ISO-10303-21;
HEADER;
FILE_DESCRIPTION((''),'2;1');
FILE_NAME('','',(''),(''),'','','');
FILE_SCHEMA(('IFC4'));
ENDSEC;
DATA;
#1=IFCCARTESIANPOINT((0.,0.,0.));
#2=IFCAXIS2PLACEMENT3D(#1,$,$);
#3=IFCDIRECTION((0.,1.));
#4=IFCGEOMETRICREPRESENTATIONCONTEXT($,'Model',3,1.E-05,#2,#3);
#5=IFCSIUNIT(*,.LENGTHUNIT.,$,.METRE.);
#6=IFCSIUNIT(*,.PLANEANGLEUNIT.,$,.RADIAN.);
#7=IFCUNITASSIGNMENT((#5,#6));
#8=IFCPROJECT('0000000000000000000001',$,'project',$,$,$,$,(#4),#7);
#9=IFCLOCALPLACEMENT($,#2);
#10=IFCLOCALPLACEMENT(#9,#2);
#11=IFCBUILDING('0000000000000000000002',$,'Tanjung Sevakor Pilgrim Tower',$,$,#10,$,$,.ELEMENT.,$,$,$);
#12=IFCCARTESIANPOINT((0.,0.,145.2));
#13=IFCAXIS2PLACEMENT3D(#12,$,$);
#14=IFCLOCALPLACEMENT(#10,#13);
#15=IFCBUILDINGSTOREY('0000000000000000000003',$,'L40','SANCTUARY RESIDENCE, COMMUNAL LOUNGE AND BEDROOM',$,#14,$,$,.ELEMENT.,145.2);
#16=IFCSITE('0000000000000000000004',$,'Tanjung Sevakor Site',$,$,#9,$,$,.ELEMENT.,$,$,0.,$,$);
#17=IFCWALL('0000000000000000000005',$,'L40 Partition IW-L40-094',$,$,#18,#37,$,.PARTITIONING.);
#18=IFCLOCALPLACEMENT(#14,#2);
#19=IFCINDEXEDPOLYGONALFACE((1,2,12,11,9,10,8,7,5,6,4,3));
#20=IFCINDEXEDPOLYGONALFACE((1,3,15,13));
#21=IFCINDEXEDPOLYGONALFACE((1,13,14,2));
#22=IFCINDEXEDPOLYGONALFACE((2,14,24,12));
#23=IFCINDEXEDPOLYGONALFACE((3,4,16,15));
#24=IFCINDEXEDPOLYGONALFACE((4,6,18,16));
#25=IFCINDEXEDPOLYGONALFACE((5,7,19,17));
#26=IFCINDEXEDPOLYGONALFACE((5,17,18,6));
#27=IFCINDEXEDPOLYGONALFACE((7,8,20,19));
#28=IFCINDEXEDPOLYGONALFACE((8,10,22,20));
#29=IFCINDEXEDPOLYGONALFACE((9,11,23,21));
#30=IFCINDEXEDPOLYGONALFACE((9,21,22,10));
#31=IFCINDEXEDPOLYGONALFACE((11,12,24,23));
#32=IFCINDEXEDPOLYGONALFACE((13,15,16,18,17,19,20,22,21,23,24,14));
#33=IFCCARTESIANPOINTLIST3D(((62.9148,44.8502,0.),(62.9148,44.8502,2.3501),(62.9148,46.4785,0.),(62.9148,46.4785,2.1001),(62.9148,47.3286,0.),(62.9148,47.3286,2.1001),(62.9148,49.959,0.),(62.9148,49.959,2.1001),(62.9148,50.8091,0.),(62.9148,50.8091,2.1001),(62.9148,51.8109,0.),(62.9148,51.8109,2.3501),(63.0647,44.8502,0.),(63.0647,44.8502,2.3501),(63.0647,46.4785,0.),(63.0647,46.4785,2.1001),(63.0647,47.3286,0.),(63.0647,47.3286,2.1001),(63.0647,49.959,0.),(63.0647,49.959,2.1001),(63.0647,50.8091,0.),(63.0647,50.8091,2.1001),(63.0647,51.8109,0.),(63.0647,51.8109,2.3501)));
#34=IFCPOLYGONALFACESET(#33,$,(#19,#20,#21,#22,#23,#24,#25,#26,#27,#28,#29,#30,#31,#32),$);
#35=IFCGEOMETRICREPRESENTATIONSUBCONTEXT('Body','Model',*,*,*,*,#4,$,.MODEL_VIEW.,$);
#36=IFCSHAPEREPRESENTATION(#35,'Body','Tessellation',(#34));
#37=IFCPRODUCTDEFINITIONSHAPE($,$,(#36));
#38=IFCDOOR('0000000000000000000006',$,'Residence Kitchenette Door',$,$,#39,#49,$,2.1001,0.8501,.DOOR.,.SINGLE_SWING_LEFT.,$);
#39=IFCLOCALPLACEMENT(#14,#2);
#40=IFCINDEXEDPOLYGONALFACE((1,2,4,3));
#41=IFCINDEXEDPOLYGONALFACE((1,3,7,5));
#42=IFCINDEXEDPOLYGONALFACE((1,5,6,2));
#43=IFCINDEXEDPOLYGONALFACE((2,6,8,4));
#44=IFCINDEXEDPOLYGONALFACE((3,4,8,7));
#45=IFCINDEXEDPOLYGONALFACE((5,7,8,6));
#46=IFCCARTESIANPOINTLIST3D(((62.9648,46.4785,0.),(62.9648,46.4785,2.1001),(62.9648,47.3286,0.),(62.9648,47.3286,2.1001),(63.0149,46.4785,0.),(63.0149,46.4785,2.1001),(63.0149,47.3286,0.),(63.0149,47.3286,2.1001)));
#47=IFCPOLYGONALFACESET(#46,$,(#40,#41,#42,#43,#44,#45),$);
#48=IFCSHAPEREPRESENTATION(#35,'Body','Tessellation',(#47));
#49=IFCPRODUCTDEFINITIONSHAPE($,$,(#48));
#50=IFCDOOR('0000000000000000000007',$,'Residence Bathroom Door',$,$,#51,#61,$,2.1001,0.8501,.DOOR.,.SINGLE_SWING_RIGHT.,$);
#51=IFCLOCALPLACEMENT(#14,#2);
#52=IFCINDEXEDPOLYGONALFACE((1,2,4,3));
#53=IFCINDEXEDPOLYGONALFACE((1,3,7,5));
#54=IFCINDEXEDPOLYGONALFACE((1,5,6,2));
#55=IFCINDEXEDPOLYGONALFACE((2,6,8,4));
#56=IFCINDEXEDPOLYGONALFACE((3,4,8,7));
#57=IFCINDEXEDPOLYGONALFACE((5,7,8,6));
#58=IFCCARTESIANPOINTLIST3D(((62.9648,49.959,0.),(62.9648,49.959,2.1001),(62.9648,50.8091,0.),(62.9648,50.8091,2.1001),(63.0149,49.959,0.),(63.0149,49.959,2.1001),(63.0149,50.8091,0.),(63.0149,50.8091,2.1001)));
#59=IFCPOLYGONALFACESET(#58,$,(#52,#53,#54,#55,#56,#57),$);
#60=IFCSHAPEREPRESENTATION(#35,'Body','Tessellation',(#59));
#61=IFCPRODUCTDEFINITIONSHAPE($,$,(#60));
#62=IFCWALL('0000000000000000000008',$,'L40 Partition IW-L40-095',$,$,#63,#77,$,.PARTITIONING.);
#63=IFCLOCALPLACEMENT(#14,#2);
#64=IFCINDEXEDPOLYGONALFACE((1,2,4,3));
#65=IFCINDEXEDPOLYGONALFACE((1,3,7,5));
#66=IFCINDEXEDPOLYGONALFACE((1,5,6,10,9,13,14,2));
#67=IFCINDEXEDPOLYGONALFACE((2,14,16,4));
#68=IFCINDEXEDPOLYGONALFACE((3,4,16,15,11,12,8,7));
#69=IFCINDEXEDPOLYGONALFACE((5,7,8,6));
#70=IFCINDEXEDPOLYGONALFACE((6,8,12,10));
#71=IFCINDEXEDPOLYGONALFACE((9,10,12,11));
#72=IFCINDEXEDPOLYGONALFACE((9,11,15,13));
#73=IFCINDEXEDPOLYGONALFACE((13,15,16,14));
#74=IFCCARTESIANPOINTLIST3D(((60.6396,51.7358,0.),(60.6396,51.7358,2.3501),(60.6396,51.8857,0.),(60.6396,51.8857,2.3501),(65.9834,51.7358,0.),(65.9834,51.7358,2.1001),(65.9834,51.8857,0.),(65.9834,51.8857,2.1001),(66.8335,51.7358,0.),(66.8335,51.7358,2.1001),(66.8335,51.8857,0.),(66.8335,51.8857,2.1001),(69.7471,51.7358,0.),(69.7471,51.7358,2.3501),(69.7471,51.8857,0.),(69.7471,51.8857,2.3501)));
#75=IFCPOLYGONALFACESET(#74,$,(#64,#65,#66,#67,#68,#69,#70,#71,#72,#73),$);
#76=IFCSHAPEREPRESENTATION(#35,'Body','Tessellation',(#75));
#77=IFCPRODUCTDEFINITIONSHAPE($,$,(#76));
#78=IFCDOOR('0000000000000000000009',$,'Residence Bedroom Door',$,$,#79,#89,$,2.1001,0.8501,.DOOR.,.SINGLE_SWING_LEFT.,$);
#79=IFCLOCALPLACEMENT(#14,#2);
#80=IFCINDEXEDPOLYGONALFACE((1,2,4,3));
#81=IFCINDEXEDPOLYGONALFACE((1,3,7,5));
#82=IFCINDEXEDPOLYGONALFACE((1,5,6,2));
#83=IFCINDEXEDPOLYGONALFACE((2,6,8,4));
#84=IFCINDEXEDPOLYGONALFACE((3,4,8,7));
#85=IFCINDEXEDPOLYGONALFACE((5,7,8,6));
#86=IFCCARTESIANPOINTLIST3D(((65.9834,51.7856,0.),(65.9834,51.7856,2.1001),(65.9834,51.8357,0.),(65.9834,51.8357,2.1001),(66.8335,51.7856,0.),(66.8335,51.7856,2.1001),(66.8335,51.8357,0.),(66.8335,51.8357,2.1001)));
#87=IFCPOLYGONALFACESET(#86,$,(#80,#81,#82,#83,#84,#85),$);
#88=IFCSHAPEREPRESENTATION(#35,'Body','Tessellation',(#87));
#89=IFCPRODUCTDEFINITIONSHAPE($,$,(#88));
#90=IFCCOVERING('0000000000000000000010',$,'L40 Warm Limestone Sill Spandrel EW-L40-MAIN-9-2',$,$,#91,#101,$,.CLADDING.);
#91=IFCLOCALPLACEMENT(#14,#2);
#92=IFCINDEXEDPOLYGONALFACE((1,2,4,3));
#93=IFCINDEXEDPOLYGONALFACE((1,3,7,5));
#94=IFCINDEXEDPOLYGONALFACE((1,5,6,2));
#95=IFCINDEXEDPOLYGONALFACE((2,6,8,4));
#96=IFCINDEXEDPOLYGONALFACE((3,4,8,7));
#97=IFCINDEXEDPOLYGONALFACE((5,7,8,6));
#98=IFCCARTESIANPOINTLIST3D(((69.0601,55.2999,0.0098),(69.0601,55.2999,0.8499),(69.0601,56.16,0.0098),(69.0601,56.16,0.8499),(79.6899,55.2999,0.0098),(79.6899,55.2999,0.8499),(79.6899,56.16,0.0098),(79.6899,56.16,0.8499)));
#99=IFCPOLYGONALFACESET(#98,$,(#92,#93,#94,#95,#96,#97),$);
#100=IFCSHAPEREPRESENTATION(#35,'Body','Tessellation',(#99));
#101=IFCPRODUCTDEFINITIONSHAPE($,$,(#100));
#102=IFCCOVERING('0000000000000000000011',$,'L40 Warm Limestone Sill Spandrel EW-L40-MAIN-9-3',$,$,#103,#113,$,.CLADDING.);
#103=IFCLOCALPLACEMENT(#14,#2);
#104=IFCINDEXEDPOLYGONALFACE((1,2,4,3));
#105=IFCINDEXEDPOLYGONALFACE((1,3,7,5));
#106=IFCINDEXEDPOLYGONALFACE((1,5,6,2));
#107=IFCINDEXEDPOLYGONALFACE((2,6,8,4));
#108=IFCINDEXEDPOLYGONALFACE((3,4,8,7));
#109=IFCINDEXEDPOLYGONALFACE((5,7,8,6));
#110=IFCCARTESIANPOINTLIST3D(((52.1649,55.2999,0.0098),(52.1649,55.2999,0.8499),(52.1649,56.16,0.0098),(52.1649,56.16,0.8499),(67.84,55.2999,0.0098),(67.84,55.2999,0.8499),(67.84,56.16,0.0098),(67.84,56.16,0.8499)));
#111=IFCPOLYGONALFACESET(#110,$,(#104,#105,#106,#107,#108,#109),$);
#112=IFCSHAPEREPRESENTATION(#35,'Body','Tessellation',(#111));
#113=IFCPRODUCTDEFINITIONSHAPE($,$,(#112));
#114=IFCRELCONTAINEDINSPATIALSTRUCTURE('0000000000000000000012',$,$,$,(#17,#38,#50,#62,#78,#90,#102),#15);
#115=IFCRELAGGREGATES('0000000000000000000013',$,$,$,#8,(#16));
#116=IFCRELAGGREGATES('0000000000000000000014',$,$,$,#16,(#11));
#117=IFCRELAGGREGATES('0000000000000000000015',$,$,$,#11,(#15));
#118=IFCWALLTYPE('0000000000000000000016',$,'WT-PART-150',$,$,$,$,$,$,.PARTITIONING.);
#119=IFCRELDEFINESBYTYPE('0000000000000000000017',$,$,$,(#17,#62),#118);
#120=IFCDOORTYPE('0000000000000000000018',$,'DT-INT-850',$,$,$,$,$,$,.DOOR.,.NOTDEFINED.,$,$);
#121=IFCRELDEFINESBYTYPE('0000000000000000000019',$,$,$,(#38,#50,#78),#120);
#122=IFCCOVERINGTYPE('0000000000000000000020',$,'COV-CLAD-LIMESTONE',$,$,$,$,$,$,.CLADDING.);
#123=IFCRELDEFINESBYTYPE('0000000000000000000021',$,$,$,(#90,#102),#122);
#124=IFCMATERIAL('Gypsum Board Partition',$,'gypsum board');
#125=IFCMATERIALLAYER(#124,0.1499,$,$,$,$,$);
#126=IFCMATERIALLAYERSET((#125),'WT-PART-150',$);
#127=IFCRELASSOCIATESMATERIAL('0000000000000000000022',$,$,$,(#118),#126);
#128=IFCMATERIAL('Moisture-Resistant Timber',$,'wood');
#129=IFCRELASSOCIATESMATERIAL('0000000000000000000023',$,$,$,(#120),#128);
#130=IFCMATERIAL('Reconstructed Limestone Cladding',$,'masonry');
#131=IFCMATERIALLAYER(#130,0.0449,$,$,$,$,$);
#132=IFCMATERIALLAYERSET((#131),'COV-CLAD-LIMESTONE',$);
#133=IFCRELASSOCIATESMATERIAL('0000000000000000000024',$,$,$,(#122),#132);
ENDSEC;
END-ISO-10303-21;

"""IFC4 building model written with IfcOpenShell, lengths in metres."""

from ifc_helpers import new_model, si_unit, direction, frame, frame_2d, origin, origin_2d, place, context, subcontext, project, spatial, rectangle, extrude, material, layer, layer_set, type_object, element, fill, save


model = new_model("IFC4")

# Units and contexts
model_context = context("Model", 3, precision=1e-05, world=origin(), true_north=direction((0.0, 1.0)))
body_context = subcontext(model_context, "Body", "Model", "MODEL_VIEW")
ifc_project = project(units=[si_unit("LENGTHUNIT", "METRE"), si_unit("PLANEANGLEUNIT", "RADIAN")], contexts=[model_context])

# Site, building, storey
site_placement = place(None, origin())
site = spatial("IfcSite", under=ifc_project, at=site_placement, Name="Tanjung Sevakor Site", CompositionType="ELEMENT", RefElevation=0.0)
building_placement = place(site_placement, origin())
building = spatial("IfcBuilding", under=site, at=building_placement, Name="Tanjung Sevakor Pilgrim Tower", CompositionType="ELEMENT")
storey_placement = place(building_placement, frame((0.0, 0.0, 145.2)))
storey = spatial("IfcBuildingStorey", under=building, at=storey_placement, Name="L40", Description="SANCTUARY RESIDENCE, COMMUNAL LOUNGE AND BEDROOM", CompositionType="ELEMENT", Elevation=145.2)

# Shared definitions
ifc_material_1 = material(Name="Gypsum Board Partition", Category="gypsum board")
ifc_layer_1 = layer(ifc_material_1, 0.1499)
ifc_layer_set_1 = layer_set([ifc_layer_1], Name="WT-PART-150")
wall_type_1 = type_object("IfcWallType", Name="WT-PART-150", PredefinedType="PARTITIONING", material=ifc_layer_set_1)

# Wall, openings, doors
wall_1_placement = place(storey_placement, frame((62.9897, 44.8501, 0.0), z_axis=(0.0, 0.0, 1.0), x_axis=(0.0, 1.0, 0.0)))
wall_1 = element("IfcWall", 1, at=wall_1_placement, inside=storey, type_object=wall_type_1, Name="L40 Partition IW-L40-094", PredefinedType="PARTITIONING", context=body_context, shape_type="SweptSolid", body=[
    extrude(rectangle(XDim=6.9607, YDim=0.1499, at=frame_2d((3.4805, 0.0))), origin(), (0.0, 0.0, 1.0), 2.3501),
])
opening_1_placement = place(wall_1_placement, frame((1.6284, 0.0, 0.0)))
opening_1 = element("IfcOpeningElement", 2, at=opening_1_placement, cuts=wall_1, PredefinedType="OPENING", context=body_context, shape_type="SweptSolid", body=[
    extrude(rectangle(XDim=0.8501, YDim=2.1001, at=frame_2d((0.425, 1.05))), frame((0.0, 0.085, 0.0), z_axis=(0.0, -1.0, 0.0), x_axis=(1.0, 0.0, 0.0)), (0.0, 0.0, 1.0), 0.1699),
])
opening_2_placement = place(wall_1_placement, frame((5.1089, 0.0, 0.0)))
opening_2 = element("IfcOpeningElement", 3, at=opening_2_placement, cuts=wall_1, PredefinedType="OPENING", context=body_context, shape_type="SweptSolid", body=[
    extrude(rectangle(XDim=0.8501, YDim=2.1001, at=frame_2d((0.425, 1.05))), frame((0.0, 0.085, 0.0), z_axis=(0.0, -1.0, 0.0), x_axis=(1.0, 0.0, 0.0)), (0.0, 0.0, 1.0), 0.1699),
])
ifc_material_2 = material(Name="Moisture-Resistant Timber", Category="wood")
door_type_1 = type_object("IfcDoorType", Name="DT-INT-850", OperationType="NOTDEFINED", PredefinedType="DOOR", material=ifc_material_2)
door_1_placement = place(opening_1_placement, origin())
door_1 = element("IfcDoor", 4, at=door_1_placement, inside=storey, type_object=door_type_1, Name="Residence Kitchenette Door", OperationType="SINGLE_SWING_LEFT", OverallHeight=2.1001, OverallWidth=0.8501, PredefinedType="DOOR", context=body_context, shape_type="SweptSolid", body=[
    extrude(rectangle(XDim=0.8501, YDim=2.1001, at=frame_2d((0.425, 1.05))), frame((0.0, 0.0249, 0.0), z_axis=(0.0, -1.0, 0.0), x_axis=(1.0, 0.0, 0.0)), (0.0, 0.0, 1.0), 0.05),
])
fill(opening_1, door_1)
door_2_placement = place(opening_2_placement, origin())
door_2 = element("IfcDoor", 5, at=door_2_placement, inside=storey, type_object=door_type_1, Name="Residence Bathroom Door", OperationType="SINGLE_SWING_RIGHT", OverallHeight=2.1001, OverallWidth=0.8501, PredefinedType="DOOR", context=body_context, shape_type="SweptSolid", body=[
    extrude(rectangle(XDim=0.8501, YDim=2.1001, at=frame_2d((0.425, 1.05))), frame((0.0, 0.0249, 0.0), z_axis=(0.0, -1.0, 0.0), x_axis=(1.0, 0.0, 0.0)), (0.0, 0.0, 1.0), 0.05),
])
fill(opening_2, door_2)

# Wall, opening, door
wall_2_placement = place(storey_placement, frame((60.6396, 51.8108, 0.0), z_axis=(0.0, 0.0, 1.0), x_axis=(1.0, 0.0, 0.0)))
wall_2 = element("IfcWall", 6, at=wall_2_placement, inside=storey, type_object=wall_type_1, Name="L40 Partition IW-L40-095", PredefinedType="PARTITIONING", context=body_context, shape_type="SweptSolid", body=[
    extrude(rectangle(XDim=9.1074, YDim=0.1499, at=frame_2d((4.5537, 0.0))), origin(), (0.0, 0.0, 1.0), 2.3501),
])
opening_3_placement = place(wall_2_placement, frame((5.3438, 0.0, 0.0)))
opening_3 = element("IfcOpeningElement", 7, at=opening_3_placement, cuts=wall_2, PredefinedType="OPENING", context=body_context, shape_type="SweptSolid", body=[
    extrude(rectangle(XDim=0.8501, YDim=2.1001, at=frame_2d((0.425, 1.05))), frame((0.0, 0.085, 0.0), z_axis=(0.0, -1.0, 0.0), x_axis=(1.0, 0.0, 0.0)), (0.0, 0.0, 1.0), 0.1699),
])
door_3_placement = place(opening_3_placement, origin())
door_3 = element("IfcDoor", 8, at=door_3_placement, inside=storey, type_object=door_type_1, Name="Residence Bedroom Door", OperationType="SINGLE_SWING_LEFT", OverallHeight=2.1001, OverallWidth=0.8501, PredefinedType="DOOR", context=body_context, shape_type="SweptSolid", body=[
    extrude(rectangle(XDim=0.8501, YDim=2.1001, at=frame_2d((0.425, 1.05))), frame((0.0, 0.0249, 0.0), z_axis=(0.0, -1.0, 0.0), x_axis=(1.0, 0.0, 0.0)), (0.0, 0.0, 1.0), 0.05),
])
fill(opening_3, door_3)

# Coverings
ifc_material_3 = material(Name="Reconstructed Limestone Cladding", Category="masonry")
ifc_layer_2 = layer(ifc_material_3, 0.0449)
ifc_layer_set_2 = layer_set([ifc_layer_2], Name="COV-CLAD-LIMESTONE")
covering_type = type_object("IfcCoveringType", Name="COV-CLAD-LIMESTONE", PredefinedType="CLADDING", material=ifc_layer_set_2)
covering_1_placement = place(storey_placement, frame((74.375, 55.73, 0.0098), z_axis=(0.0, 0.0, 1.0), x_axis=(-1.0, 0.0, 0.0)))
element("IfcCovering", 9, at=covering_1_placement, inside=storey, type_object=covering_type, Name="L40 Warm Limestone Sill Spandrel EW-L40-MAIN-9-2", PredefinedType="CLADDING", context=body_context, shape_type="SweptSolid", body=[
    extrude(rectangle(XDim=10.6299, YDim=0.8601, at=origin_2d()), origin(), (0.0, 0.0, 1.0), 0.8401),
])
covering_2_placement = place(storey_placement, frame((60.0024, 55.73, 0.0098), z_axis=(0.0, 0.0, 1.0), x_axis=(-1.0, 0.0, 0.0)))
element("IfcCovering", 10, at=covering_2_placement, inside=storey, type_object=covering_type, Name="L40 Warm Limestone Sill Spandrel EW-L40-MAIN-9-3", PredefinedType="CLADDING", context=body_context, shape_type="SweptSolid", body=[
    extrude(rectangle(XDim=15.675, YDim=0.8601, at=origin_2d()), origin(), (0.0, 0.0, 1.0), 0.8401),
])

save(model, "model.ifc")
